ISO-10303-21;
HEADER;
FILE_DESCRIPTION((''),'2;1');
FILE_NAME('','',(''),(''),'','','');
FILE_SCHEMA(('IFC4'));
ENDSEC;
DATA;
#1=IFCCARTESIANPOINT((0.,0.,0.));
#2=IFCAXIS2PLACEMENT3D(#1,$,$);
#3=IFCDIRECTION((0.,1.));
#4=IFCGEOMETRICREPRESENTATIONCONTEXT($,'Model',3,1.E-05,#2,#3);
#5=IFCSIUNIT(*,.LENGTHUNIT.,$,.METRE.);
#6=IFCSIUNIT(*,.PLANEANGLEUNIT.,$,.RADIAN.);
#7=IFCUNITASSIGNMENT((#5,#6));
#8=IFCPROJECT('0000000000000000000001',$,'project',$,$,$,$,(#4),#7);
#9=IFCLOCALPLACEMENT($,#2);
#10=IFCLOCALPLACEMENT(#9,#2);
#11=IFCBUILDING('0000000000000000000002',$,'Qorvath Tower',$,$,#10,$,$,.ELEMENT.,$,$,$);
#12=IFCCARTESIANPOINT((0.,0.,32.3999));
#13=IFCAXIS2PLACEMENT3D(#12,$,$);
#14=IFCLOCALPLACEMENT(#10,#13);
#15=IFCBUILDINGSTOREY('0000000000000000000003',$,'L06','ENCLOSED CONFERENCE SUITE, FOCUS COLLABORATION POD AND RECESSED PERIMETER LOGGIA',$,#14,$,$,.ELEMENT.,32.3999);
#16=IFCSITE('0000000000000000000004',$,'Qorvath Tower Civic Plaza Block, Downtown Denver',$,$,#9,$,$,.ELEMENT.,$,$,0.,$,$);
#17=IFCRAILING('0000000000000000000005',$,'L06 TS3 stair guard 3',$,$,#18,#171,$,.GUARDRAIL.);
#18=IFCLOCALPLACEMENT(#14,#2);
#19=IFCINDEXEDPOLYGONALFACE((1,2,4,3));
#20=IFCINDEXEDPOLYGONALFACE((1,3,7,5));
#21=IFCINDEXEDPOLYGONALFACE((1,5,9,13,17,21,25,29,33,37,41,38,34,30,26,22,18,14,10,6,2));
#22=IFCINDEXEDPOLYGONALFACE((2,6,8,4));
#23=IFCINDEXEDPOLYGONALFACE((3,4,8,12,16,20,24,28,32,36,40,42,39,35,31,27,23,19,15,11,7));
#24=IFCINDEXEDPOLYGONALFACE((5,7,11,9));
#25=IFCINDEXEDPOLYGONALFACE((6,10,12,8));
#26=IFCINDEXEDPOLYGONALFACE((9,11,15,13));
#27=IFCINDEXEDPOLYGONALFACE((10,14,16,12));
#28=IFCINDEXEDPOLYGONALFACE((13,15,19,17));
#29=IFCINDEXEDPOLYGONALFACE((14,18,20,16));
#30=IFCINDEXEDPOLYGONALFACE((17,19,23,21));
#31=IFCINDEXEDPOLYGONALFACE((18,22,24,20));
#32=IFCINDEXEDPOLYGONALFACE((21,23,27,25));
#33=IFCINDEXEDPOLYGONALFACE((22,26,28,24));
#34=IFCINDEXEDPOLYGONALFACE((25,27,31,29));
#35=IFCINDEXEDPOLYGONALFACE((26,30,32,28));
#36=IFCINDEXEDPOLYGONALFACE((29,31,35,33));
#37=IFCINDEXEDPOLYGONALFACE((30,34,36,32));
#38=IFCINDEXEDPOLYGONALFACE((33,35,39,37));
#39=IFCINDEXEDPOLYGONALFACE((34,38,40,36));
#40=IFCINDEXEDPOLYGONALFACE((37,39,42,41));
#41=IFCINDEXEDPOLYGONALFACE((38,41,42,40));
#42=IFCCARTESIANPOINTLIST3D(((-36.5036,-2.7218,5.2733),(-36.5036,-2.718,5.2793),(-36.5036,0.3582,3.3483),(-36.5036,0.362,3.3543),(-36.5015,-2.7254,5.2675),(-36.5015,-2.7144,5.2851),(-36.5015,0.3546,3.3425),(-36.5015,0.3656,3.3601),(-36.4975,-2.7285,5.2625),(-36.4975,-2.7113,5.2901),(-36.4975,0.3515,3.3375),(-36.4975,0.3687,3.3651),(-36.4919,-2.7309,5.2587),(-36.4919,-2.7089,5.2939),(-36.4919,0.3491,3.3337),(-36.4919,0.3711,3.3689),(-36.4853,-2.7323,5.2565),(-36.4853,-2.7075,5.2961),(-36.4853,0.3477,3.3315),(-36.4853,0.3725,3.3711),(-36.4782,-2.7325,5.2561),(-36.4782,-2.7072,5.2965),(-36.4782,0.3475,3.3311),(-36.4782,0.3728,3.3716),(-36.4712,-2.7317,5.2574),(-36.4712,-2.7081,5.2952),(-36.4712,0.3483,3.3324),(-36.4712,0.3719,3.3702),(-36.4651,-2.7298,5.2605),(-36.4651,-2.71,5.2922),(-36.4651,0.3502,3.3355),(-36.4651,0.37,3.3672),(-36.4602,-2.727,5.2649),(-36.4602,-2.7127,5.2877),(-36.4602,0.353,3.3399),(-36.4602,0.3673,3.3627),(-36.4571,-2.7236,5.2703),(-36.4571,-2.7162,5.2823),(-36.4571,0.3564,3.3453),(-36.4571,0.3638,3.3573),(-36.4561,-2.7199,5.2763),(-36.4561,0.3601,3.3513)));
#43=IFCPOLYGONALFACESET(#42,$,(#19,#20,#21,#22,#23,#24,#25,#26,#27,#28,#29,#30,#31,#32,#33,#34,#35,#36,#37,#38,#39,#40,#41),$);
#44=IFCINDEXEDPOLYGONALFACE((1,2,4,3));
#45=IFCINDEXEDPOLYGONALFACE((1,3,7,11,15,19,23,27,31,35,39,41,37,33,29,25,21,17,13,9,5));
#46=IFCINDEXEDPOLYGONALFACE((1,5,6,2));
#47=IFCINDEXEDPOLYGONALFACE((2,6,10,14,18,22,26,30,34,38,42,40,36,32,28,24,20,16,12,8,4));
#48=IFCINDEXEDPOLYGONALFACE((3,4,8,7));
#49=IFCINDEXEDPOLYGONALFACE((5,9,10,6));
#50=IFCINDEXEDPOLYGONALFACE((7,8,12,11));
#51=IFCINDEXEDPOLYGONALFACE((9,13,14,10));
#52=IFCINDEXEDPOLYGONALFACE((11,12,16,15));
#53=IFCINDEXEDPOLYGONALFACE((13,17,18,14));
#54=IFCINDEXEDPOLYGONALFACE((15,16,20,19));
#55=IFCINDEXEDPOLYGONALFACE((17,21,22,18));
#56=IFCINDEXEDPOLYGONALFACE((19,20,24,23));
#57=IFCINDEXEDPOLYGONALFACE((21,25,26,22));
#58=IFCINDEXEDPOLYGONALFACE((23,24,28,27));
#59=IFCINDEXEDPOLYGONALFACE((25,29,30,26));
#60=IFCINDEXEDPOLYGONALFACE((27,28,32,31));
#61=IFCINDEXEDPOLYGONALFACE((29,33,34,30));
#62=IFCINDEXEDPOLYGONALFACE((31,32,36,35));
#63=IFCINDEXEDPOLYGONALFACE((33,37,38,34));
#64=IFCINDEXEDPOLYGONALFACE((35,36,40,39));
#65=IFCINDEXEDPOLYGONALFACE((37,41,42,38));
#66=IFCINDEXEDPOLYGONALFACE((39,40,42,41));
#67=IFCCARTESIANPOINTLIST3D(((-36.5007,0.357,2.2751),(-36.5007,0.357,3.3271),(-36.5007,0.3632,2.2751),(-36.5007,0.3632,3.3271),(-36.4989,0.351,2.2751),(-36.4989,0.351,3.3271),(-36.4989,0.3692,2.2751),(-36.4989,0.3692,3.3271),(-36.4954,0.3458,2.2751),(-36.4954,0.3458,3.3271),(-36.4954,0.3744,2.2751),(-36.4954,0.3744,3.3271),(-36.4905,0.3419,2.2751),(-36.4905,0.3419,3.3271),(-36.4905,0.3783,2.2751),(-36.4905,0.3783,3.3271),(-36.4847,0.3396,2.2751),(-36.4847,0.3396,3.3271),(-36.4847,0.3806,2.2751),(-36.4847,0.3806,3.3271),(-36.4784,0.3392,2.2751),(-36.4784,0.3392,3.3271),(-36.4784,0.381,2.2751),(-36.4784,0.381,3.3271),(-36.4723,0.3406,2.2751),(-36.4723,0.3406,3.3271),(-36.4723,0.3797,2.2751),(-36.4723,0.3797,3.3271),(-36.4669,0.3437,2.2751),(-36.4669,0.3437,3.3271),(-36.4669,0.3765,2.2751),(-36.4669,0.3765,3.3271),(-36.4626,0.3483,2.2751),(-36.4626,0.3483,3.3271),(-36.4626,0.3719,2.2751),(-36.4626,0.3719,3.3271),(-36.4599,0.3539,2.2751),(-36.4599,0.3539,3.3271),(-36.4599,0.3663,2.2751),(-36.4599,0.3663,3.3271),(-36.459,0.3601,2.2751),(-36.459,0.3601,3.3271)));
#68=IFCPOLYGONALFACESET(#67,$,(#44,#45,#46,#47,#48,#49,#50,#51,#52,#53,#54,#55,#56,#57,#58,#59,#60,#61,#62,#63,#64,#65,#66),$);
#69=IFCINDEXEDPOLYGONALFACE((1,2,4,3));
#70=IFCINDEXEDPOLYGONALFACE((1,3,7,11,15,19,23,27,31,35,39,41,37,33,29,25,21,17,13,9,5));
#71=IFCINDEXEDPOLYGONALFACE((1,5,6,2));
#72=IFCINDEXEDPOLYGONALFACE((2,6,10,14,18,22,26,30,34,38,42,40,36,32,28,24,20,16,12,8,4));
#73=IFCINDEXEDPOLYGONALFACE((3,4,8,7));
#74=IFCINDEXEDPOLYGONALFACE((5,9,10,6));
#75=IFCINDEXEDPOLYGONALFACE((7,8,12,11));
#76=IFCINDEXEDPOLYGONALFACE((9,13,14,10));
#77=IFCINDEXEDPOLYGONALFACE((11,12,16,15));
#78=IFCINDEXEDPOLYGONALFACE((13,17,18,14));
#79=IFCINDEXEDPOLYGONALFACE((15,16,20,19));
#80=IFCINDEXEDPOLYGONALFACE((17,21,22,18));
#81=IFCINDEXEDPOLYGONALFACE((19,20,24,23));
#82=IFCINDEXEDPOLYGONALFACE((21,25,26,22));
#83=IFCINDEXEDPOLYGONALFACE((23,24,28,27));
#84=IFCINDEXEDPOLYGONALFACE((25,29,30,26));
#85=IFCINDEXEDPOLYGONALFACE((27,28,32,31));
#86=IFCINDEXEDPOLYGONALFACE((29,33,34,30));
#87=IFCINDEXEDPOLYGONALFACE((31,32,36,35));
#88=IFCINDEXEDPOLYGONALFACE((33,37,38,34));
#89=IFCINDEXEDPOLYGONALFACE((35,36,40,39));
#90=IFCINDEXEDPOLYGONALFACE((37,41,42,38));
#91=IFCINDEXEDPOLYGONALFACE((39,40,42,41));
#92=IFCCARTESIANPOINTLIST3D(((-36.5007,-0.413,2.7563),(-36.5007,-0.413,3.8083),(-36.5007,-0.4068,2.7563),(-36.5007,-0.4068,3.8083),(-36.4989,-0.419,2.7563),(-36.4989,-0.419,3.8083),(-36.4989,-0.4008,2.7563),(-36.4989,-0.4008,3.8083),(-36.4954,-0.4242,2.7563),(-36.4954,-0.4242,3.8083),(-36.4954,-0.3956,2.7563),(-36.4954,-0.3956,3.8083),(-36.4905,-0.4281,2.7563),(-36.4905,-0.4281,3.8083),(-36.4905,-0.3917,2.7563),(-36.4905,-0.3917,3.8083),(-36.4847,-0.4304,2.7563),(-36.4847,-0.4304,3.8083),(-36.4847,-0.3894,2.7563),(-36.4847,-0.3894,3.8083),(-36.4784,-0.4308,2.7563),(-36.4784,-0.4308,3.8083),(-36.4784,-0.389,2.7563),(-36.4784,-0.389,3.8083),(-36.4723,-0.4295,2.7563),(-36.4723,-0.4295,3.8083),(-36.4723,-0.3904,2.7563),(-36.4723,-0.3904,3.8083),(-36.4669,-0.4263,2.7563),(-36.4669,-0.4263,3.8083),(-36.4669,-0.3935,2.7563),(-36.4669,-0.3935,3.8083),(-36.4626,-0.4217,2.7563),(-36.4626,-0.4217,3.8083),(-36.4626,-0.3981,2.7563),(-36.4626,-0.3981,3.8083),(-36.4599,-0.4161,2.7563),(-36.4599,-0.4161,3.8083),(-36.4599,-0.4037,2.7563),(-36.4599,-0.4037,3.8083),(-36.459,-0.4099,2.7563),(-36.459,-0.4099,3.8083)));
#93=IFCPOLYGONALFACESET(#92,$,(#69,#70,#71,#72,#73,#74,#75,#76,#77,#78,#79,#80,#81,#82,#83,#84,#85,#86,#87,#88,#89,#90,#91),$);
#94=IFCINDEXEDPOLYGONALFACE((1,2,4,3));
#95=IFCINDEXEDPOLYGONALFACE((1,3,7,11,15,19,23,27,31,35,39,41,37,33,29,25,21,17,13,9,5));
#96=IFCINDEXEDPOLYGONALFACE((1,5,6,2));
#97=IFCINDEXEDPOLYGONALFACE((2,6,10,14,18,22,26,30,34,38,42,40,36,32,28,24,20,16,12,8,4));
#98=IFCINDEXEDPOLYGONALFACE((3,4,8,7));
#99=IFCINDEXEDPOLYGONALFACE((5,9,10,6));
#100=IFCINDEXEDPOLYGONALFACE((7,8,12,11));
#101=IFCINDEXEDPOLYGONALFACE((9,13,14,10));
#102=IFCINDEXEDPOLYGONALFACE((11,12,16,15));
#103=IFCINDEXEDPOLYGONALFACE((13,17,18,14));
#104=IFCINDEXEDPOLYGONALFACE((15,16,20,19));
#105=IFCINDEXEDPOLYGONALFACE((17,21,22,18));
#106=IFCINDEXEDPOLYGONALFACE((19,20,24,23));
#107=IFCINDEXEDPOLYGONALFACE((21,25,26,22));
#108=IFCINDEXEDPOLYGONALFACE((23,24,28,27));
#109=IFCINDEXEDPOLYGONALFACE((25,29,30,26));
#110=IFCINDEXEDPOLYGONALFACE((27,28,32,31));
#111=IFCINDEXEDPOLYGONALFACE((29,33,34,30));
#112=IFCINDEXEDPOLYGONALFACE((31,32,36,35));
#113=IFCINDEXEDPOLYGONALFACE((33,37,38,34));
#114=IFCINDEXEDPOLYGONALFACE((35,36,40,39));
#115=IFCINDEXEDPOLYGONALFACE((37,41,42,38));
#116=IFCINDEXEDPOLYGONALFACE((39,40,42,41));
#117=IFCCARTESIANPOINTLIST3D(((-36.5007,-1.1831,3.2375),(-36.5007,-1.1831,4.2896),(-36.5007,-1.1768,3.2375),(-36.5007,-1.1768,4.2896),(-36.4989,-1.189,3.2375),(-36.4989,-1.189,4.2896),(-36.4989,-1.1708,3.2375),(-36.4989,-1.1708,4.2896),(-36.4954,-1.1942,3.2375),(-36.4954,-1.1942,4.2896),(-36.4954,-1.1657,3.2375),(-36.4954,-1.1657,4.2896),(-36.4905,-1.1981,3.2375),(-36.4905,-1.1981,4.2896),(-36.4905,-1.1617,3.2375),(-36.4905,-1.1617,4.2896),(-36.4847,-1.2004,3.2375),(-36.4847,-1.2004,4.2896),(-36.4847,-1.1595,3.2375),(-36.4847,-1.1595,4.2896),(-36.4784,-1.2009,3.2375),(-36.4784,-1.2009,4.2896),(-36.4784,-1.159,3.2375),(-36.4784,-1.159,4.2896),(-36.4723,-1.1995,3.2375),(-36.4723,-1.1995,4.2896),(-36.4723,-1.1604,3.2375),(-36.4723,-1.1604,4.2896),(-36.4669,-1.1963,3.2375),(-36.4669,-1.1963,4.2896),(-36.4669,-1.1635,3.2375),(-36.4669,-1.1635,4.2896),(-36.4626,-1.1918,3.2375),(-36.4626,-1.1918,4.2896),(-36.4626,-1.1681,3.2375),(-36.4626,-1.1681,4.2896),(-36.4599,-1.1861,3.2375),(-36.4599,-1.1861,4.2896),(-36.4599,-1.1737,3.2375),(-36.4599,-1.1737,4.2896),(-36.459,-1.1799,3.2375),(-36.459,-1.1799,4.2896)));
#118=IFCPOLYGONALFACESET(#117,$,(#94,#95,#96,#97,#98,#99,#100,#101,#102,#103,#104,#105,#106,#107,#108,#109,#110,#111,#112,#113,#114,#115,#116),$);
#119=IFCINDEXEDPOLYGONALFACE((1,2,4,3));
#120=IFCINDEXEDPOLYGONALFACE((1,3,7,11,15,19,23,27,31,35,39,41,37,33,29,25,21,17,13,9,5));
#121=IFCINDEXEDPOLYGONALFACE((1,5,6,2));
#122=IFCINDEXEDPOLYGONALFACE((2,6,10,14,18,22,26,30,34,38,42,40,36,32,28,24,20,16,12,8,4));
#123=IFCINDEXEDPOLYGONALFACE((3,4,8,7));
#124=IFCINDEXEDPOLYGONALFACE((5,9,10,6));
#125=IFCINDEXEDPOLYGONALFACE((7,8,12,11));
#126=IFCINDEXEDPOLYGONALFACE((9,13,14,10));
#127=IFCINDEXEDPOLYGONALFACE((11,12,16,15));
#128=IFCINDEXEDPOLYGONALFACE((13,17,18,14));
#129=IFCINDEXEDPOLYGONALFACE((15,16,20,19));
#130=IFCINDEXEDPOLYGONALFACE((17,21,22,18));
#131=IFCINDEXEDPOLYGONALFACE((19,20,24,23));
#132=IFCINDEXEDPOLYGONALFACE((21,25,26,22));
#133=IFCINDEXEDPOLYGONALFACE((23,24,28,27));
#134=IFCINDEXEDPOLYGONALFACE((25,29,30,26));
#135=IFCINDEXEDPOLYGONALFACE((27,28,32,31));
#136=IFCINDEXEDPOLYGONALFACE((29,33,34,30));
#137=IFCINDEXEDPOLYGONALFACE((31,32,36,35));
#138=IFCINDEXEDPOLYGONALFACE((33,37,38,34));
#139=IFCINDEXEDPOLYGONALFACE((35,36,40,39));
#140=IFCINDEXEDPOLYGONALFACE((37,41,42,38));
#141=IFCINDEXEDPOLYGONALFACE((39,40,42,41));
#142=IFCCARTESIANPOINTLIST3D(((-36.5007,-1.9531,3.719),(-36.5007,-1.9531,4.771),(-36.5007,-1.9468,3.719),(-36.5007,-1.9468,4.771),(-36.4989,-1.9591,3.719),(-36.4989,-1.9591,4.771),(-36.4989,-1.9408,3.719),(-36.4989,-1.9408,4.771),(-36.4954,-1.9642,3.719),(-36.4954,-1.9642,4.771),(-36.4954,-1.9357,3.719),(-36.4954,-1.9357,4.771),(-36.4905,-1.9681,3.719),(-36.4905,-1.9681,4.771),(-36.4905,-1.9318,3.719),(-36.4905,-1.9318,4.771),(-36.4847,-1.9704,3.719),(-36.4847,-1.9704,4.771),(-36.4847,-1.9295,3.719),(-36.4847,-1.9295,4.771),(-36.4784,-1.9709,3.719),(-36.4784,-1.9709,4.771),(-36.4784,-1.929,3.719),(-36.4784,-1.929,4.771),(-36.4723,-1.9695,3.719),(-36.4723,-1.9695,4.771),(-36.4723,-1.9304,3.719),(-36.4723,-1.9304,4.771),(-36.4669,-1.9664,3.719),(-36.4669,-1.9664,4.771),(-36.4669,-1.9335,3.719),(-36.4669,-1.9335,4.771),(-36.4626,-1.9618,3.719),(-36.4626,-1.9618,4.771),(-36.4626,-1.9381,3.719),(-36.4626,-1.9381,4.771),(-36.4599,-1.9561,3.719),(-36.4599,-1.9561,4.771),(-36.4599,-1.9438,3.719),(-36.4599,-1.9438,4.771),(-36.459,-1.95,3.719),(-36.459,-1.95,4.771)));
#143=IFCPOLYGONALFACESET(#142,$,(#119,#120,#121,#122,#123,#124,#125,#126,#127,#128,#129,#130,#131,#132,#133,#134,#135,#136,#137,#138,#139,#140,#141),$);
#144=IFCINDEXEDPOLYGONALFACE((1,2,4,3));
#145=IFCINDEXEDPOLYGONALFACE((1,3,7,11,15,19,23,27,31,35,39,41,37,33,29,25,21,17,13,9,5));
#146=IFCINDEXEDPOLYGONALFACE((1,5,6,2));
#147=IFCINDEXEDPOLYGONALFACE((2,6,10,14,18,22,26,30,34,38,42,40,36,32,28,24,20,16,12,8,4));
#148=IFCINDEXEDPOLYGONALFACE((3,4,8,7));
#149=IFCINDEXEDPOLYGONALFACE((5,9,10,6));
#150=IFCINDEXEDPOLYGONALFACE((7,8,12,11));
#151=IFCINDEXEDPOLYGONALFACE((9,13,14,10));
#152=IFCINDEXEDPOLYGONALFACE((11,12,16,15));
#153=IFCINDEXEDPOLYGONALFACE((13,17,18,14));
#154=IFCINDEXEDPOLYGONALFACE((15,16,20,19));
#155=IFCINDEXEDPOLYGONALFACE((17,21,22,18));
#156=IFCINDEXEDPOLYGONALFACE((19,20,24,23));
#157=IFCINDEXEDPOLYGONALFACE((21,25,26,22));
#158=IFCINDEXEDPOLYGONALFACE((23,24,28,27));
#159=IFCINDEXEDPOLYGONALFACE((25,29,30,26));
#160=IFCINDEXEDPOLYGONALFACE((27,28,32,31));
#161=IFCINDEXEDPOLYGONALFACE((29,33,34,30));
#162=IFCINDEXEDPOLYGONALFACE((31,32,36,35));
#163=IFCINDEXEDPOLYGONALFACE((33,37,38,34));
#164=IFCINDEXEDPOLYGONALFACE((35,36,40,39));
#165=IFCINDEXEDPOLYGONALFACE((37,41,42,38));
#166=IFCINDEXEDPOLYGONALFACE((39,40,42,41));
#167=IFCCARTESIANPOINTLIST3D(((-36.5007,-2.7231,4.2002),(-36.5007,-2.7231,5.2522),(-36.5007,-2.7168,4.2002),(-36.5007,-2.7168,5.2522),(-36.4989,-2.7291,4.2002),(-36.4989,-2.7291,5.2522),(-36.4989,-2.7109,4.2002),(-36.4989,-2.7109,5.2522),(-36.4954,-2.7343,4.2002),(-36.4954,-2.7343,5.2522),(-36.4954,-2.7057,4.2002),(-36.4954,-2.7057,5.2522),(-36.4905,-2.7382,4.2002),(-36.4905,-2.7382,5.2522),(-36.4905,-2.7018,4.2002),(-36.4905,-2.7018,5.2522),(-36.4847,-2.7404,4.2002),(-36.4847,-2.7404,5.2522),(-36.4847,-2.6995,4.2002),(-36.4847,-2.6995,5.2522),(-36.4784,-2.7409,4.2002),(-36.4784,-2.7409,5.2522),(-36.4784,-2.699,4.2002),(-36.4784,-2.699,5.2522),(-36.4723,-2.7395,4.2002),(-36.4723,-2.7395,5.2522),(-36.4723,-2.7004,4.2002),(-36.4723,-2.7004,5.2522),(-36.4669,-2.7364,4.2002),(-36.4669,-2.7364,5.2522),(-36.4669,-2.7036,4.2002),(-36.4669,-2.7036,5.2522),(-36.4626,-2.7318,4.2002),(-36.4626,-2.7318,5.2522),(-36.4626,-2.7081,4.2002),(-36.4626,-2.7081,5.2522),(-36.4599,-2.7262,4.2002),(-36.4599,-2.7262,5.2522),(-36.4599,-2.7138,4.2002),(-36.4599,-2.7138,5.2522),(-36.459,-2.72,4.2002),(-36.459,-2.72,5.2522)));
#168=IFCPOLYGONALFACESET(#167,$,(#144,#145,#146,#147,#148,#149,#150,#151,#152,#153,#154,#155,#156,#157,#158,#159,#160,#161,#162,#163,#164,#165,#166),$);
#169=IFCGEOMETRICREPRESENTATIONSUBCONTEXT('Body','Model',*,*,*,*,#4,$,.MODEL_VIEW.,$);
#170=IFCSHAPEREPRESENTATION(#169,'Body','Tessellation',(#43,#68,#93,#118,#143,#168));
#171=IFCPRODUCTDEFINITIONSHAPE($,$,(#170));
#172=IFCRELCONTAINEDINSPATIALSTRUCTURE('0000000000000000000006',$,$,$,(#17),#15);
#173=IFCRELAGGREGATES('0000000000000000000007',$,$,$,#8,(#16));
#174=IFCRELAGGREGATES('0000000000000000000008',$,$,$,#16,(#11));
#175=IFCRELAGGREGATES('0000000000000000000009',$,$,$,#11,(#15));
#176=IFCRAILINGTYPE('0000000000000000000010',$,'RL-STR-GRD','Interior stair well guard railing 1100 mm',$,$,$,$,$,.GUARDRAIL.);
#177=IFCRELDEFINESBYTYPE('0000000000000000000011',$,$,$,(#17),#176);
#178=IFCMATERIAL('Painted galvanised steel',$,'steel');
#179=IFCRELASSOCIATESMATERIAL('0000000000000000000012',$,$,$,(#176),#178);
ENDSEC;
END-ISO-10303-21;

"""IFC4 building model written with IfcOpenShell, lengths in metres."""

from ifc_helpers import new_model, si_unit, direction, frame, origin, origin_2d, place, context, subcontext, project, spatial, circle, extrude, material, type_object, element, save


model = new_model("IFC4")

# Units and contexts
model_context = context("Model", 3, precision=1e-05, world=origin(), true_north=direction((0.0, 1.0)))
body_context = subcontext(model_context, "Body", "Model", "MODEL_VIEW")
ifc_project = project(units=[si_unit("LENGTHUNIT", "METRE"), si_unit("PLANEANGLEUNIT", "RADIAN")], contexts=[model_context])

# Site, building, storey
site_placement = place(None, origin())
site = spatial("IfcSite", under=ifc_project, at=site_placement, Name="Qorvath Tower Civic Plaza Block, Downtown Denver", CompositionType="ELEMENT", RefElevation=0.0)
building_placement = place(site_placement, origin())
building = spatial("IfcBuilding", under=site, at=building_placement, Name="Qorvath Tower", CompositionType="ELEMENT")
storey_placement = place(building_placement, frame((0.0, 0.0, 32.3999)))
storey = spatial("IfcBuildingStorey", under=building, at=storey_placement, Name="L06", Description="ENCLOSED CONFERENCE SUITE, FOCUS COLLABORATION POD AND RECESSED PERIMETER LOGGIA", CompositionType="ELEMENT", Elevation=32.3999)

# Railing
ifc_material_1 = material(Name="Painted galvanised steel", Category="steel")
railing_type_1 = type_object("IfcRailingType", Name="RL-STR-GRD", Description="Interior stair well guard railing 1100 mm", PredefinedType="GUARDRAIL", material=ifc_material_1)
railing_1_placement = place(storey_placement, frame((-36.48, 0.3601, 2.2751)))
element("IfcRailing", 1, at=railing_1_placement, inside=storey, type_object=railing_type_1, Name="L06 TS3 stair guard 3", PredefinedType="GUARDRAIL", context=body_context, shape_type="SweptSolid", body=[
    extrude(circle(Radius=0.0239, at=origin_2d()), frame((0.0, 0.0, 1.0762), z_axis=(0.0, -0.847998, 0.529999), x_axis=(1.0, 0.0, 0.0)), (0.0, 0.0, 1.0), 3.6321),
    extrude(circle(Radius=0.021, at=origin_2d()), origin(), (0.0, 0.0, 1.0), 1.052),
    extrude(circle(Radius=0.021, at=origin_2d()), frame((0.0, -0.77, 0.4812)), (0.0, 0.0, 1.0), 1.052),
    extrude(circle(Radius=0.021, at=origin_2d()), frame((0.0, -1.54, 0.9624)), (0.0, 0.0, 1.0), 1.052),
    extrude(circle(Radius=0.021, at=origin_2d()), frame((0.0, -2.3101, 1.4438)), (0.0, 0.0, 1.0), 1.052),
    extrude(circle(Radius=0.021, at=origin_2d()), frame((0.0, -3.0801, 1.925)), (0.0, 0.0, 1.0), 1.052),
])

save(model, "model.ifc")
